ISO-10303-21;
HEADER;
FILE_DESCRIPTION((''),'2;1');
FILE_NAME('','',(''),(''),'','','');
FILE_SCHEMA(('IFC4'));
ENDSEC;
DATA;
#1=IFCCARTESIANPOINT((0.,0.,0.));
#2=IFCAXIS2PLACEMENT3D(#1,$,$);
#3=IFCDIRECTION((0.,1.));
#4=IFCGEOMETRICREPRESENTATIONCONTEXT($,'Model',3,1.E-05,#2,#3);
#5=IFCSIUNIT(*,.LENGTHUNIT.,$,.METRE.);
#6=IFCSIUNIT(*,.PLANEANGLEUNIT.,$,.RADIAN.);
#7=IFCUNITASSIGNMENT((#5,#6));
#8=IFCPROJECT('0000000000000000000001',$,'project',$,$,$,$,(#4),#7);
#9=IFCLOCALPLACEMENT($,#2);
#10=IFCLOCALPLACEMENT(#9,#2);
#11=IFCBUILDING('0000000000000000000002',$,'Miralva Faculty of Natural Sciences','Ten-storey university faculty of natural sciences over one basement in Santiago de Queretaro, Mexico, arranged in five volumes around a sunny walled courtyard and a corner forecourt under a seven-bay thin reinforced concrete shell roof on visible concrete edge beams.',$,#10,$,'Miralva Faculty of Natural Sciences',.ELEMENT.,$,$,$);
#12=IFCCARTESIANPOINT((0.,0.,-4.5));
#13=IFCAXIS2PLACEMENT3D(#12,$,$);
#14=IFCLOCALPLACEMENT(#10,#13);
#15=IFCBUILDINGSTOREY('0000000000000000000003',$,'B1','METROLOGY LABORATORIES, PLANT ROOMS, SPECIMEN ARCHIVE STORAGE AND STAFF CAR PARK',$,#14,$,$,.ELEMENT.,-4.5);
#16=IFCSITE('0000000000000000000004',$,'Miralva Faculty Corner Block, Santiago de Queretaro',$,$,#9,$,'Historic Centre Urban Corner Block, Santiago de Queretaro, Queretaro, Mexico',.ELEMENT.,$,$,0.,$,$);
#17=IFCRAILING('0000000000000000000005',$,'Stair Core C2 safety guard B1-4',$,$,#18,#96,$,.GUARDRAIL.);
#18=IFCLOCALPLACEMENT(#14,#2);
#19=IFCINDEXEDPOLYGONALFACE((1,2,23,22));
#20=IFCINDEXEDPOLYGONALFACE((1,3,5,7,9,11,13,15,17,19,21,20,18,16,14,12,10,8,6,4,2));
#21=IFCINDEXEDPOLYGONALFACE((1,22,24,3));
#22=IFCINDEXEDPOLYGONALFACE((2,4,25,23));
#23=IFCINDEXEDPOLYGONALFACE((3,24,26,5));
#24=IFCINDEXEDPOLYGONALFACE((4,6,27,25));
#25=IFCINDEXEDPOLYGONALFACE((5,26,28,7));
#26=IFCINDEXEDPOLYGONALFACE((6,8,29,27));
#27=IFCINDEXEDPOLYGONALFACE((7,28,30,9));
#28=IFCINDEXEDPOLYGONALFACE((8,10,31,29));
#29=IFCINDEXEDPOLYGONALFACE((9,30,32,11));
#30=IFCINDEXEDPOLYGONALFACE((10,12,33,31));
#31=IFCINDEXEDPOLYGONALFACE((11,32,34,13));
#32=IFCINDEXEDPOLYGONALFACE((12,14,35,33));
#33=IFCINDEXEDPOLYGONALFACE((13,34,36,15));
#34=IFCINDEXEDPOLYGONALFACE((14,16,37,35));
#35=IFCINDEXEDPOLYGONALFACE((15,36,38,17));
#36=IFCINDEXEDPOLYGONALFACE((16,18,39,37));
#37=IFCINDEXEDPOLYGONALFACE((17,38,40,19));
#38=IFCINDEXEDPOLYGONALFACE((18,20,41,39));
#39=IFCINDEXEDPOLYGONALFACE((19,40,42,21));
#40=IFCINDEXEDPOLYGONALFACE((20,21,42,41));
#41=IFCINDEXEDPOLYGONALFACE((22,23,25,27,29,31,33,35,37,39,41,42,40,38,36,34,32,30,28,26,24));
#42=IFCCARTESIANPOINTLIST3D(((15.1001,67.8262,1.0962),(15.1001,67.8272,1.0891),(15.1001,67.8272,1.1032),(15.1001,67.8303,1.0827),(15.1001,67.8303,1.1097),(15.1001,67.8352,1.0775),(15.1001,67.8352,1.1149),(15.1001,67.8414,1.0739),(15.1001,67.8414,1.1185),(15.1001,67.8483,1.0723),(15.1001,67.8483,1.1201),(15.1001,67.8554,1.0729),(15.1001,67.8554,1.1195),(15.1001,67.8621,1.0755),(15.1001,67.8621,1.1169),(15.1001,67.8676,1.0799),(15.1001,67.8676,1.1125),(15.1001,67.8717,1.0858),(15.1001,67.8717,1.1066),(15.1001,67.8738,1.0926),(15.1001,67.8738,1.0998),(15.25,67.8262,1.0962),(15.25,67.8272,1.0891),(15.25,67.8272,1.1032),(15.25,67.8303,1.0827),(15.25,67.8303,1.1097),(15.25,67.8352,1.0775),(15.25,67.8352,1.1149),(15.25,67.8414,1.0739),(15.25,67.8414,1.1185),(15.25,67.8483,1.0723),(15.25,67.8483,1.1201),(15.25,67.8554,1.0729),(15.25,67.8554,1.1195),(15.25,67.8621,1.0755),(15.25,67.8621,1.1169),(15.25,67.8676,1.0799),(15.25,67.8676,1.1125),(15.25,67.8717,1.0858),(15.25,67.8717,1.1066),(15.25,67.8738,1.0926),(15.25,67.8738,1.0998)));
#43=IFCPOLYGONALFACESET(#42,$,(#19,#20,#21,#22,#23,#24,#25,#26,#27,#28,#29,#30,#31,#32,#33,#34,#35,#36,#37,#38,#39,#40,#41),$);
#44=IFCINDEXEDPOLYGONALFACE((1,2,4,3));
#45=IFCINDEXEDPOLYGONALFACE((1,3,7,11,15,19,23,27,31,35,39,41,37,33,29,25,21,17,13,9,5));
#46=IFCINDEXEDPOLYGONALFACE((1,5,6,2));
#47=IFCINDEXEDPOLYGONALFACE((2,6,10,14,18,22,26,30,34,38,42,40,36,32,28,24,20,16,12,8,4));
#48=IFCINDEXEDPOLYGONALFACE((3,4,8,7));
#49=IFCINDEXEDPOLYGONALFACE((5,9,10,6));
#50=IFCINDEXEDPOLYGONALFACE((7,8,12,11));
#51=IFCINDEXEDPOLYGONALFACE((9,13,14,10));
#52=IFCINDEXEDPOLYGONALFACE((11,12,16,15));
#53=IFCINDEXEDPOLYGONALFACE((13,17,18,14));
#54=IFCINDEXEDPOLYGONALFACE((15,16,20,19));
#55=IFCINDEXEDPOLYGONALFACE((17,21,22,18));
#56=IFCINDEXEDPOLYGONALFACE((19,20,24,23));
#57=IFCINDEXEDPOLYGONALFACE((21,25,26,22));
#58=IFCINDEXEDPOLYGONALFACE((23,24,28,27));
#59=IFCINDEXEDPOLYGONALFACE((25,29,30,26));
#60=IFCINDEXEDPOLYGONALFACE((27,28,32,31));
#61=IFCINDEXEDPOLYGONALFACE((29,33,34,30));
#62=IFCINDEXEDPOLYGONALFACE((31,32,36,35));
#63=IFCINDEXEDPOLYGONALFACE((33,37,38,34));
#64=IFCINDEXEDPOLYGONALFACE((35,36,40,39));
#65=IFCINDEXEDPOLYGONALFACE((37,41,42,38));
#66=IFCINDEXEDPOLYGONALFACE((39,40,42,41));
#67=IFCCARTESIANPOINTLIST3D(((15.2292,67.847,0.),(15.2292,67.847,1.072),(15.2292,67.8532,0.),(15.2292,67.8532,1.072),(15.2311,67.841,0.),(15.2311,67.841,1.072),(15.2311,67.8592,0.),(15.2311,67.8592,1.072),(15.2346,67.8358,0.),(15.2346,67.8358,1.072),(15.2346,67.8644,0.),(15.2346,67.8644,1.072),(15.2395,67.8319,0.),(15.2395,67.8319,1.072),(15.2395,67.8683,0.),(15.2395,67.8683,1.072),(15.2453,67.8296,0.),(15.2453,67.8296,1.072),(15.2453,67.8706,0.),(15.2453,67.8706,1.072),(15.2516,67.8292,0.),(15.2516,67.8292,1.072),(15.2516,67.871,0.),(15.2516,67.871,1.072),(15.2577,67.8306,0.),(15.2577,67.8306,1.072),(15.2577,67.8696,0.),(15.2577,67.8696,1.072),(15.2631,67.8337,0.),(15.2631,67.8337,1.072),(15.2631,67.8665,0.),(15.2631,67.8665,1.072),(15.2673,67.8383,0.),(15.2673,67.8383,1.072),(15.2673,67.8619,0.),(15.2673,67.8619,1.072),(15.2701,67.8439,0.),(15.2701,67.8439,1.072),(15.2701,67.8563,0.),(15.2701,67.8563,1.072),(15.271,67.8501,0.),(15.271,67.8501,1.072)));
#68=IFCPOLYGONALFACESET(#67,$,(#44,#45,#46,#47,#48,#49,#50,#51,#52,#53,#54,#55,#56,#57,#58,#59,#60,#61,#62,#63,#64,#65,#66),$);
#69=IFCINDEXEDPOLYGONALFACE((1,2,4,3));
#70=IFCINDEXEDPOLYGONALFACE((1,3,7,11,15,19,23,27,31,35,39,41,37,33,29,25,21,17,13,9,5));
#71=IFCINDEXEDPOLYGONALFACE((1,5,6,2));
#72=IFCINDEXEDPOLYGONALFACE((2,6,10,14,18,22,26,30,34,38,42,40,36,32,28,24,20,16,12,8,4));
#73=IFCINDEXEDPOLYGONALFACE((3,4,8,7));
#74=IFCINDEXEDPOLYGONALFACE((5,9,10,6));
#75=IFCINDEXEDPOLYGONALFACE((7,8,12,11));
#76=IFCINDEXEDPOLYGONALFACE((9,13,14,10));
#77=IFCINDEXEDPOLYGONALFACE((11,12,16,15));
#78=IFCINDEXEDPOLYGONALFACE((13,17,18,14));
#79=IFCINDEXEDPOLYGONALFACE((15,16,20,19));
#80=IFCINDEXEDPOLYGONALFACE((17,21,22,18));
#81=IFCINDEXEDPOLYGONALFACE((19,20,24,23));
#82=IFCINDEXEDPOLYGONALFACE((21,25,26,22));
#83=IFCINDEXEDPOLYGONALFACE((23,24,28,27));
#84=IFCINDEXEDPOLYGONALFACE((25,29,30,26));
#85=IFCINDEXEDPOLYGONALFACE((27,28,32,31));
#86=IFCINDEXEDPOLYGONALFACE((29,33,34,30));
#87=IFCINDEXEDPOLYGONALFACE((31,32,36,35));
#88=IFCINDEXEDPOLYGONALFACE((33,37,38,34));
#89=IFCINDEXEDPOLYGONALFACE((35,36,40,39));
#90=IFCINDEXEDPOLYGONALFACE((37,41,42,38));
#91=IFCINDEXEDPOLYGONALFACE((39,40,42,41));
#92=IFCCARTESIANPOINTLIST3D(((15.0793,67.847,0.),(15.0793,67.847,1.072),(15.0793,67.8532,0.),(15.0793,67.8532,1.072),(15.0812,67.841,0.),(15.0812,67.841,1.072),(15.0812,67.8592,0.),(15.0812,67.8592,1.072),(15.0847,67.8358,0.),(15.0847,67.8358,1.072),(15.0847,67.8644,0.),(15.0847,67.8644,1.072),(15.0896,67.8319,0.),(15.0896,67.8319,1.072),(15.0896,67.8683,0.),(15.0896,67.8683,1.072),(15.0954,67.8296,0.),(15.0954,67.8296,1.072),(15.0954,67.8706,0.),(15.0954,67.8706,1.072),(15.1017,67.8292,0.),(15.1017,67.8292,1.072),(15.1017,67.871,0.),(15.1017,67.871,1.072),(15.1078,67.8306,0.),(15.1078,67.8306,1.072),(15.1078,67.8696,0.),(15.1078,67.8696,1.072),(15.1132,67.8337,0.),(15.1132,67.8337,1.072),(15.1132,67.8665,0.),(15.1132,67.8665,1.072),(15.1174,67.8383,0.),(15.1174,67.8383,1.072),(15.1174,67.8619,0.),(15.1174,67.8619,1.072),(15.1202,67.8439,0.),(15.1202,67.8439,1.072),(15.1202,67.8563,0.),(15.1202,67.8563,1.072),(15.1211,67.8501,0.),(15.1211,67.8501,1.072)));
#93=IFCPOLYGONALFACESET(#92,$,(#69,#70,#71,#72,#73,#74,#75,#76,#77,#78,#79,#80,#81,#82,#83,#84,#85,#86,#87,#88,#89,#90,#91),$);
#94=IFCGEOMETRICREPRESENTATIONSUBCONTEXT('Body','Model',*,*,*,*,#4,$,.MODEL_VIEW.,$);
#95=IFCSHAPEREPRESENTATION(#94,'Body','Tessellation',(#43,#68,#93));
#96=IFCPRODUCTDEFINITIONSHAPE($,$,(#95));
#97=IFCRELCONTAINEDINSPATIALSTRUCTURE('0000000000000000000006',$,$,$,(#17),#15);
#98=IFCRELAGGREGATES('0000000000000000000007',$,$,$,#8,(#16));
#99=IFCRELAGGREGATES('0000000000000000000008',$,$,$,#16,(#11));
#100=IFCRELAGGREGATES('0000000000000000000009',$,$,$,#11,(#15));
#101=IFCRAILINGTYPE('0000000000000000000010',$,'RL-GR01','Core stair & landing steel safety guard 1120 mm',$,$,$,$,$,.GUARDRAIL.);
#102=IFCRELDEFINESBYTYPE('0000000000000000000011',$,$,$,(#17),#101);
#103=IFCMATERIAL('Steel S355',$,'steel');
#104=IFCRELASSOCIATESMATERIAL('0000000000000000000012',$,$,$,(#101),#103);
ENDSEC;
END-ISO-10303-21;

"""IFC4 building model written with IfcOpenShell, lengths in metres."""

from ifc_helpers import new_model, si_unit, direction, frame, origin, origin_2d, place, context, subcontext, project, spatial, circle, extrude, material, type_object, element, save


model = new_model("IFC4")

# Units and contexts
model_context = context("Model", 3, precision=1e-05, world=origin(), true_north=direction((0.0, 1.0)))
body_context = subcontext(model_context, "Body", "Model", "MODEL_VIEW")
ifc_project = project(units=[si_unit("LENGTHUNIT", "METRE"), si_unit("PLANEANGLEUNIT", "RADIAN")], contexts=[model_context])

# Site, building, storey
site_placement = place(None, origin())
site = spatial("IfcSite", under=ifc_project, at=site_placement, Name="Miralva Faculty Corner Block, Santiago de Queretaro", LongName="Historic Centre Urban Corner Block, Santiago de Queretaro, Queretaro, Mexico", CompositionType="ELEMENT", RefElevation=0.0)
building_placement = place(site_placement, origin())
building = spatial("IfcBuilding", under=site, at=building_placement, Name="Miralva Faculty of Natural Sciences", Description="Ten-storey university faculty of natural sciences over one basement in Santiago de Queretaro, Mexico, arranged in five volumes around a sunny walled courtyard and a corner forecourt under a seven-bay thin reinforced concrete shell roof on visible concrete edge beams.", LongName="Miralva Faculty of Natural Sciences", CompositionType="ELEMENT")
storey_placement = place(building_placement, frame((0.0, 0.0, -4.5)))
storey = spatial("IfcBuildingStorey", under=building, at=storey_placement, Name="B1", Description="METROLOGY LABORATORIES, PLANT ROOMS, SPECIMEN ARCHIVE STORAGE AND STAFF CAR PARK", CompositionType="ELEMENT", Elevation=-4.5)

# Railing
ifc_material_1 = material(Name="Steel S355", Category="steel")
railing_type_1 = type_object("IfcRailingType", Name="RL-GR01", Description="Core stair & landing steel safety guard 1120 mm", PredefinedType="GUARDRAIL", material=ifc_material_1)
railing_1_placement = place(storey_placement, frame((15.25, 67.8501, 0.0)))
element("IfcRailing", 1, at=railing_1_placement, inside=storey, type_object=railing_type_1, Name="Stair Core C2 safety guard B1-4", PredefinedType="GUARDRAIL", context=body_context, shape_type="SweptSolid", body=[
    extrude(circle(Radius=0.0239, at=origin_2d()), frame((0.0, 0.0, 1.0962), z_axis=(-1.0, 0.0, 0.0), x_axis=(0.0, -1.0, 0.0)), (0.0, 0.0, 1.0), 0.1499),
    extrude(circle(Radius=0.021, at=origin_2d()), origin(), (0.0, 0.0, 1.0), 1.072),
    extrude(circle(Radius=0.021, at=origin_2d()), frame((-0.1499, 0.0, 0.0)), (0.0, 0.0, 1.0), 1.072),
])

save(model, "model.ifc")
